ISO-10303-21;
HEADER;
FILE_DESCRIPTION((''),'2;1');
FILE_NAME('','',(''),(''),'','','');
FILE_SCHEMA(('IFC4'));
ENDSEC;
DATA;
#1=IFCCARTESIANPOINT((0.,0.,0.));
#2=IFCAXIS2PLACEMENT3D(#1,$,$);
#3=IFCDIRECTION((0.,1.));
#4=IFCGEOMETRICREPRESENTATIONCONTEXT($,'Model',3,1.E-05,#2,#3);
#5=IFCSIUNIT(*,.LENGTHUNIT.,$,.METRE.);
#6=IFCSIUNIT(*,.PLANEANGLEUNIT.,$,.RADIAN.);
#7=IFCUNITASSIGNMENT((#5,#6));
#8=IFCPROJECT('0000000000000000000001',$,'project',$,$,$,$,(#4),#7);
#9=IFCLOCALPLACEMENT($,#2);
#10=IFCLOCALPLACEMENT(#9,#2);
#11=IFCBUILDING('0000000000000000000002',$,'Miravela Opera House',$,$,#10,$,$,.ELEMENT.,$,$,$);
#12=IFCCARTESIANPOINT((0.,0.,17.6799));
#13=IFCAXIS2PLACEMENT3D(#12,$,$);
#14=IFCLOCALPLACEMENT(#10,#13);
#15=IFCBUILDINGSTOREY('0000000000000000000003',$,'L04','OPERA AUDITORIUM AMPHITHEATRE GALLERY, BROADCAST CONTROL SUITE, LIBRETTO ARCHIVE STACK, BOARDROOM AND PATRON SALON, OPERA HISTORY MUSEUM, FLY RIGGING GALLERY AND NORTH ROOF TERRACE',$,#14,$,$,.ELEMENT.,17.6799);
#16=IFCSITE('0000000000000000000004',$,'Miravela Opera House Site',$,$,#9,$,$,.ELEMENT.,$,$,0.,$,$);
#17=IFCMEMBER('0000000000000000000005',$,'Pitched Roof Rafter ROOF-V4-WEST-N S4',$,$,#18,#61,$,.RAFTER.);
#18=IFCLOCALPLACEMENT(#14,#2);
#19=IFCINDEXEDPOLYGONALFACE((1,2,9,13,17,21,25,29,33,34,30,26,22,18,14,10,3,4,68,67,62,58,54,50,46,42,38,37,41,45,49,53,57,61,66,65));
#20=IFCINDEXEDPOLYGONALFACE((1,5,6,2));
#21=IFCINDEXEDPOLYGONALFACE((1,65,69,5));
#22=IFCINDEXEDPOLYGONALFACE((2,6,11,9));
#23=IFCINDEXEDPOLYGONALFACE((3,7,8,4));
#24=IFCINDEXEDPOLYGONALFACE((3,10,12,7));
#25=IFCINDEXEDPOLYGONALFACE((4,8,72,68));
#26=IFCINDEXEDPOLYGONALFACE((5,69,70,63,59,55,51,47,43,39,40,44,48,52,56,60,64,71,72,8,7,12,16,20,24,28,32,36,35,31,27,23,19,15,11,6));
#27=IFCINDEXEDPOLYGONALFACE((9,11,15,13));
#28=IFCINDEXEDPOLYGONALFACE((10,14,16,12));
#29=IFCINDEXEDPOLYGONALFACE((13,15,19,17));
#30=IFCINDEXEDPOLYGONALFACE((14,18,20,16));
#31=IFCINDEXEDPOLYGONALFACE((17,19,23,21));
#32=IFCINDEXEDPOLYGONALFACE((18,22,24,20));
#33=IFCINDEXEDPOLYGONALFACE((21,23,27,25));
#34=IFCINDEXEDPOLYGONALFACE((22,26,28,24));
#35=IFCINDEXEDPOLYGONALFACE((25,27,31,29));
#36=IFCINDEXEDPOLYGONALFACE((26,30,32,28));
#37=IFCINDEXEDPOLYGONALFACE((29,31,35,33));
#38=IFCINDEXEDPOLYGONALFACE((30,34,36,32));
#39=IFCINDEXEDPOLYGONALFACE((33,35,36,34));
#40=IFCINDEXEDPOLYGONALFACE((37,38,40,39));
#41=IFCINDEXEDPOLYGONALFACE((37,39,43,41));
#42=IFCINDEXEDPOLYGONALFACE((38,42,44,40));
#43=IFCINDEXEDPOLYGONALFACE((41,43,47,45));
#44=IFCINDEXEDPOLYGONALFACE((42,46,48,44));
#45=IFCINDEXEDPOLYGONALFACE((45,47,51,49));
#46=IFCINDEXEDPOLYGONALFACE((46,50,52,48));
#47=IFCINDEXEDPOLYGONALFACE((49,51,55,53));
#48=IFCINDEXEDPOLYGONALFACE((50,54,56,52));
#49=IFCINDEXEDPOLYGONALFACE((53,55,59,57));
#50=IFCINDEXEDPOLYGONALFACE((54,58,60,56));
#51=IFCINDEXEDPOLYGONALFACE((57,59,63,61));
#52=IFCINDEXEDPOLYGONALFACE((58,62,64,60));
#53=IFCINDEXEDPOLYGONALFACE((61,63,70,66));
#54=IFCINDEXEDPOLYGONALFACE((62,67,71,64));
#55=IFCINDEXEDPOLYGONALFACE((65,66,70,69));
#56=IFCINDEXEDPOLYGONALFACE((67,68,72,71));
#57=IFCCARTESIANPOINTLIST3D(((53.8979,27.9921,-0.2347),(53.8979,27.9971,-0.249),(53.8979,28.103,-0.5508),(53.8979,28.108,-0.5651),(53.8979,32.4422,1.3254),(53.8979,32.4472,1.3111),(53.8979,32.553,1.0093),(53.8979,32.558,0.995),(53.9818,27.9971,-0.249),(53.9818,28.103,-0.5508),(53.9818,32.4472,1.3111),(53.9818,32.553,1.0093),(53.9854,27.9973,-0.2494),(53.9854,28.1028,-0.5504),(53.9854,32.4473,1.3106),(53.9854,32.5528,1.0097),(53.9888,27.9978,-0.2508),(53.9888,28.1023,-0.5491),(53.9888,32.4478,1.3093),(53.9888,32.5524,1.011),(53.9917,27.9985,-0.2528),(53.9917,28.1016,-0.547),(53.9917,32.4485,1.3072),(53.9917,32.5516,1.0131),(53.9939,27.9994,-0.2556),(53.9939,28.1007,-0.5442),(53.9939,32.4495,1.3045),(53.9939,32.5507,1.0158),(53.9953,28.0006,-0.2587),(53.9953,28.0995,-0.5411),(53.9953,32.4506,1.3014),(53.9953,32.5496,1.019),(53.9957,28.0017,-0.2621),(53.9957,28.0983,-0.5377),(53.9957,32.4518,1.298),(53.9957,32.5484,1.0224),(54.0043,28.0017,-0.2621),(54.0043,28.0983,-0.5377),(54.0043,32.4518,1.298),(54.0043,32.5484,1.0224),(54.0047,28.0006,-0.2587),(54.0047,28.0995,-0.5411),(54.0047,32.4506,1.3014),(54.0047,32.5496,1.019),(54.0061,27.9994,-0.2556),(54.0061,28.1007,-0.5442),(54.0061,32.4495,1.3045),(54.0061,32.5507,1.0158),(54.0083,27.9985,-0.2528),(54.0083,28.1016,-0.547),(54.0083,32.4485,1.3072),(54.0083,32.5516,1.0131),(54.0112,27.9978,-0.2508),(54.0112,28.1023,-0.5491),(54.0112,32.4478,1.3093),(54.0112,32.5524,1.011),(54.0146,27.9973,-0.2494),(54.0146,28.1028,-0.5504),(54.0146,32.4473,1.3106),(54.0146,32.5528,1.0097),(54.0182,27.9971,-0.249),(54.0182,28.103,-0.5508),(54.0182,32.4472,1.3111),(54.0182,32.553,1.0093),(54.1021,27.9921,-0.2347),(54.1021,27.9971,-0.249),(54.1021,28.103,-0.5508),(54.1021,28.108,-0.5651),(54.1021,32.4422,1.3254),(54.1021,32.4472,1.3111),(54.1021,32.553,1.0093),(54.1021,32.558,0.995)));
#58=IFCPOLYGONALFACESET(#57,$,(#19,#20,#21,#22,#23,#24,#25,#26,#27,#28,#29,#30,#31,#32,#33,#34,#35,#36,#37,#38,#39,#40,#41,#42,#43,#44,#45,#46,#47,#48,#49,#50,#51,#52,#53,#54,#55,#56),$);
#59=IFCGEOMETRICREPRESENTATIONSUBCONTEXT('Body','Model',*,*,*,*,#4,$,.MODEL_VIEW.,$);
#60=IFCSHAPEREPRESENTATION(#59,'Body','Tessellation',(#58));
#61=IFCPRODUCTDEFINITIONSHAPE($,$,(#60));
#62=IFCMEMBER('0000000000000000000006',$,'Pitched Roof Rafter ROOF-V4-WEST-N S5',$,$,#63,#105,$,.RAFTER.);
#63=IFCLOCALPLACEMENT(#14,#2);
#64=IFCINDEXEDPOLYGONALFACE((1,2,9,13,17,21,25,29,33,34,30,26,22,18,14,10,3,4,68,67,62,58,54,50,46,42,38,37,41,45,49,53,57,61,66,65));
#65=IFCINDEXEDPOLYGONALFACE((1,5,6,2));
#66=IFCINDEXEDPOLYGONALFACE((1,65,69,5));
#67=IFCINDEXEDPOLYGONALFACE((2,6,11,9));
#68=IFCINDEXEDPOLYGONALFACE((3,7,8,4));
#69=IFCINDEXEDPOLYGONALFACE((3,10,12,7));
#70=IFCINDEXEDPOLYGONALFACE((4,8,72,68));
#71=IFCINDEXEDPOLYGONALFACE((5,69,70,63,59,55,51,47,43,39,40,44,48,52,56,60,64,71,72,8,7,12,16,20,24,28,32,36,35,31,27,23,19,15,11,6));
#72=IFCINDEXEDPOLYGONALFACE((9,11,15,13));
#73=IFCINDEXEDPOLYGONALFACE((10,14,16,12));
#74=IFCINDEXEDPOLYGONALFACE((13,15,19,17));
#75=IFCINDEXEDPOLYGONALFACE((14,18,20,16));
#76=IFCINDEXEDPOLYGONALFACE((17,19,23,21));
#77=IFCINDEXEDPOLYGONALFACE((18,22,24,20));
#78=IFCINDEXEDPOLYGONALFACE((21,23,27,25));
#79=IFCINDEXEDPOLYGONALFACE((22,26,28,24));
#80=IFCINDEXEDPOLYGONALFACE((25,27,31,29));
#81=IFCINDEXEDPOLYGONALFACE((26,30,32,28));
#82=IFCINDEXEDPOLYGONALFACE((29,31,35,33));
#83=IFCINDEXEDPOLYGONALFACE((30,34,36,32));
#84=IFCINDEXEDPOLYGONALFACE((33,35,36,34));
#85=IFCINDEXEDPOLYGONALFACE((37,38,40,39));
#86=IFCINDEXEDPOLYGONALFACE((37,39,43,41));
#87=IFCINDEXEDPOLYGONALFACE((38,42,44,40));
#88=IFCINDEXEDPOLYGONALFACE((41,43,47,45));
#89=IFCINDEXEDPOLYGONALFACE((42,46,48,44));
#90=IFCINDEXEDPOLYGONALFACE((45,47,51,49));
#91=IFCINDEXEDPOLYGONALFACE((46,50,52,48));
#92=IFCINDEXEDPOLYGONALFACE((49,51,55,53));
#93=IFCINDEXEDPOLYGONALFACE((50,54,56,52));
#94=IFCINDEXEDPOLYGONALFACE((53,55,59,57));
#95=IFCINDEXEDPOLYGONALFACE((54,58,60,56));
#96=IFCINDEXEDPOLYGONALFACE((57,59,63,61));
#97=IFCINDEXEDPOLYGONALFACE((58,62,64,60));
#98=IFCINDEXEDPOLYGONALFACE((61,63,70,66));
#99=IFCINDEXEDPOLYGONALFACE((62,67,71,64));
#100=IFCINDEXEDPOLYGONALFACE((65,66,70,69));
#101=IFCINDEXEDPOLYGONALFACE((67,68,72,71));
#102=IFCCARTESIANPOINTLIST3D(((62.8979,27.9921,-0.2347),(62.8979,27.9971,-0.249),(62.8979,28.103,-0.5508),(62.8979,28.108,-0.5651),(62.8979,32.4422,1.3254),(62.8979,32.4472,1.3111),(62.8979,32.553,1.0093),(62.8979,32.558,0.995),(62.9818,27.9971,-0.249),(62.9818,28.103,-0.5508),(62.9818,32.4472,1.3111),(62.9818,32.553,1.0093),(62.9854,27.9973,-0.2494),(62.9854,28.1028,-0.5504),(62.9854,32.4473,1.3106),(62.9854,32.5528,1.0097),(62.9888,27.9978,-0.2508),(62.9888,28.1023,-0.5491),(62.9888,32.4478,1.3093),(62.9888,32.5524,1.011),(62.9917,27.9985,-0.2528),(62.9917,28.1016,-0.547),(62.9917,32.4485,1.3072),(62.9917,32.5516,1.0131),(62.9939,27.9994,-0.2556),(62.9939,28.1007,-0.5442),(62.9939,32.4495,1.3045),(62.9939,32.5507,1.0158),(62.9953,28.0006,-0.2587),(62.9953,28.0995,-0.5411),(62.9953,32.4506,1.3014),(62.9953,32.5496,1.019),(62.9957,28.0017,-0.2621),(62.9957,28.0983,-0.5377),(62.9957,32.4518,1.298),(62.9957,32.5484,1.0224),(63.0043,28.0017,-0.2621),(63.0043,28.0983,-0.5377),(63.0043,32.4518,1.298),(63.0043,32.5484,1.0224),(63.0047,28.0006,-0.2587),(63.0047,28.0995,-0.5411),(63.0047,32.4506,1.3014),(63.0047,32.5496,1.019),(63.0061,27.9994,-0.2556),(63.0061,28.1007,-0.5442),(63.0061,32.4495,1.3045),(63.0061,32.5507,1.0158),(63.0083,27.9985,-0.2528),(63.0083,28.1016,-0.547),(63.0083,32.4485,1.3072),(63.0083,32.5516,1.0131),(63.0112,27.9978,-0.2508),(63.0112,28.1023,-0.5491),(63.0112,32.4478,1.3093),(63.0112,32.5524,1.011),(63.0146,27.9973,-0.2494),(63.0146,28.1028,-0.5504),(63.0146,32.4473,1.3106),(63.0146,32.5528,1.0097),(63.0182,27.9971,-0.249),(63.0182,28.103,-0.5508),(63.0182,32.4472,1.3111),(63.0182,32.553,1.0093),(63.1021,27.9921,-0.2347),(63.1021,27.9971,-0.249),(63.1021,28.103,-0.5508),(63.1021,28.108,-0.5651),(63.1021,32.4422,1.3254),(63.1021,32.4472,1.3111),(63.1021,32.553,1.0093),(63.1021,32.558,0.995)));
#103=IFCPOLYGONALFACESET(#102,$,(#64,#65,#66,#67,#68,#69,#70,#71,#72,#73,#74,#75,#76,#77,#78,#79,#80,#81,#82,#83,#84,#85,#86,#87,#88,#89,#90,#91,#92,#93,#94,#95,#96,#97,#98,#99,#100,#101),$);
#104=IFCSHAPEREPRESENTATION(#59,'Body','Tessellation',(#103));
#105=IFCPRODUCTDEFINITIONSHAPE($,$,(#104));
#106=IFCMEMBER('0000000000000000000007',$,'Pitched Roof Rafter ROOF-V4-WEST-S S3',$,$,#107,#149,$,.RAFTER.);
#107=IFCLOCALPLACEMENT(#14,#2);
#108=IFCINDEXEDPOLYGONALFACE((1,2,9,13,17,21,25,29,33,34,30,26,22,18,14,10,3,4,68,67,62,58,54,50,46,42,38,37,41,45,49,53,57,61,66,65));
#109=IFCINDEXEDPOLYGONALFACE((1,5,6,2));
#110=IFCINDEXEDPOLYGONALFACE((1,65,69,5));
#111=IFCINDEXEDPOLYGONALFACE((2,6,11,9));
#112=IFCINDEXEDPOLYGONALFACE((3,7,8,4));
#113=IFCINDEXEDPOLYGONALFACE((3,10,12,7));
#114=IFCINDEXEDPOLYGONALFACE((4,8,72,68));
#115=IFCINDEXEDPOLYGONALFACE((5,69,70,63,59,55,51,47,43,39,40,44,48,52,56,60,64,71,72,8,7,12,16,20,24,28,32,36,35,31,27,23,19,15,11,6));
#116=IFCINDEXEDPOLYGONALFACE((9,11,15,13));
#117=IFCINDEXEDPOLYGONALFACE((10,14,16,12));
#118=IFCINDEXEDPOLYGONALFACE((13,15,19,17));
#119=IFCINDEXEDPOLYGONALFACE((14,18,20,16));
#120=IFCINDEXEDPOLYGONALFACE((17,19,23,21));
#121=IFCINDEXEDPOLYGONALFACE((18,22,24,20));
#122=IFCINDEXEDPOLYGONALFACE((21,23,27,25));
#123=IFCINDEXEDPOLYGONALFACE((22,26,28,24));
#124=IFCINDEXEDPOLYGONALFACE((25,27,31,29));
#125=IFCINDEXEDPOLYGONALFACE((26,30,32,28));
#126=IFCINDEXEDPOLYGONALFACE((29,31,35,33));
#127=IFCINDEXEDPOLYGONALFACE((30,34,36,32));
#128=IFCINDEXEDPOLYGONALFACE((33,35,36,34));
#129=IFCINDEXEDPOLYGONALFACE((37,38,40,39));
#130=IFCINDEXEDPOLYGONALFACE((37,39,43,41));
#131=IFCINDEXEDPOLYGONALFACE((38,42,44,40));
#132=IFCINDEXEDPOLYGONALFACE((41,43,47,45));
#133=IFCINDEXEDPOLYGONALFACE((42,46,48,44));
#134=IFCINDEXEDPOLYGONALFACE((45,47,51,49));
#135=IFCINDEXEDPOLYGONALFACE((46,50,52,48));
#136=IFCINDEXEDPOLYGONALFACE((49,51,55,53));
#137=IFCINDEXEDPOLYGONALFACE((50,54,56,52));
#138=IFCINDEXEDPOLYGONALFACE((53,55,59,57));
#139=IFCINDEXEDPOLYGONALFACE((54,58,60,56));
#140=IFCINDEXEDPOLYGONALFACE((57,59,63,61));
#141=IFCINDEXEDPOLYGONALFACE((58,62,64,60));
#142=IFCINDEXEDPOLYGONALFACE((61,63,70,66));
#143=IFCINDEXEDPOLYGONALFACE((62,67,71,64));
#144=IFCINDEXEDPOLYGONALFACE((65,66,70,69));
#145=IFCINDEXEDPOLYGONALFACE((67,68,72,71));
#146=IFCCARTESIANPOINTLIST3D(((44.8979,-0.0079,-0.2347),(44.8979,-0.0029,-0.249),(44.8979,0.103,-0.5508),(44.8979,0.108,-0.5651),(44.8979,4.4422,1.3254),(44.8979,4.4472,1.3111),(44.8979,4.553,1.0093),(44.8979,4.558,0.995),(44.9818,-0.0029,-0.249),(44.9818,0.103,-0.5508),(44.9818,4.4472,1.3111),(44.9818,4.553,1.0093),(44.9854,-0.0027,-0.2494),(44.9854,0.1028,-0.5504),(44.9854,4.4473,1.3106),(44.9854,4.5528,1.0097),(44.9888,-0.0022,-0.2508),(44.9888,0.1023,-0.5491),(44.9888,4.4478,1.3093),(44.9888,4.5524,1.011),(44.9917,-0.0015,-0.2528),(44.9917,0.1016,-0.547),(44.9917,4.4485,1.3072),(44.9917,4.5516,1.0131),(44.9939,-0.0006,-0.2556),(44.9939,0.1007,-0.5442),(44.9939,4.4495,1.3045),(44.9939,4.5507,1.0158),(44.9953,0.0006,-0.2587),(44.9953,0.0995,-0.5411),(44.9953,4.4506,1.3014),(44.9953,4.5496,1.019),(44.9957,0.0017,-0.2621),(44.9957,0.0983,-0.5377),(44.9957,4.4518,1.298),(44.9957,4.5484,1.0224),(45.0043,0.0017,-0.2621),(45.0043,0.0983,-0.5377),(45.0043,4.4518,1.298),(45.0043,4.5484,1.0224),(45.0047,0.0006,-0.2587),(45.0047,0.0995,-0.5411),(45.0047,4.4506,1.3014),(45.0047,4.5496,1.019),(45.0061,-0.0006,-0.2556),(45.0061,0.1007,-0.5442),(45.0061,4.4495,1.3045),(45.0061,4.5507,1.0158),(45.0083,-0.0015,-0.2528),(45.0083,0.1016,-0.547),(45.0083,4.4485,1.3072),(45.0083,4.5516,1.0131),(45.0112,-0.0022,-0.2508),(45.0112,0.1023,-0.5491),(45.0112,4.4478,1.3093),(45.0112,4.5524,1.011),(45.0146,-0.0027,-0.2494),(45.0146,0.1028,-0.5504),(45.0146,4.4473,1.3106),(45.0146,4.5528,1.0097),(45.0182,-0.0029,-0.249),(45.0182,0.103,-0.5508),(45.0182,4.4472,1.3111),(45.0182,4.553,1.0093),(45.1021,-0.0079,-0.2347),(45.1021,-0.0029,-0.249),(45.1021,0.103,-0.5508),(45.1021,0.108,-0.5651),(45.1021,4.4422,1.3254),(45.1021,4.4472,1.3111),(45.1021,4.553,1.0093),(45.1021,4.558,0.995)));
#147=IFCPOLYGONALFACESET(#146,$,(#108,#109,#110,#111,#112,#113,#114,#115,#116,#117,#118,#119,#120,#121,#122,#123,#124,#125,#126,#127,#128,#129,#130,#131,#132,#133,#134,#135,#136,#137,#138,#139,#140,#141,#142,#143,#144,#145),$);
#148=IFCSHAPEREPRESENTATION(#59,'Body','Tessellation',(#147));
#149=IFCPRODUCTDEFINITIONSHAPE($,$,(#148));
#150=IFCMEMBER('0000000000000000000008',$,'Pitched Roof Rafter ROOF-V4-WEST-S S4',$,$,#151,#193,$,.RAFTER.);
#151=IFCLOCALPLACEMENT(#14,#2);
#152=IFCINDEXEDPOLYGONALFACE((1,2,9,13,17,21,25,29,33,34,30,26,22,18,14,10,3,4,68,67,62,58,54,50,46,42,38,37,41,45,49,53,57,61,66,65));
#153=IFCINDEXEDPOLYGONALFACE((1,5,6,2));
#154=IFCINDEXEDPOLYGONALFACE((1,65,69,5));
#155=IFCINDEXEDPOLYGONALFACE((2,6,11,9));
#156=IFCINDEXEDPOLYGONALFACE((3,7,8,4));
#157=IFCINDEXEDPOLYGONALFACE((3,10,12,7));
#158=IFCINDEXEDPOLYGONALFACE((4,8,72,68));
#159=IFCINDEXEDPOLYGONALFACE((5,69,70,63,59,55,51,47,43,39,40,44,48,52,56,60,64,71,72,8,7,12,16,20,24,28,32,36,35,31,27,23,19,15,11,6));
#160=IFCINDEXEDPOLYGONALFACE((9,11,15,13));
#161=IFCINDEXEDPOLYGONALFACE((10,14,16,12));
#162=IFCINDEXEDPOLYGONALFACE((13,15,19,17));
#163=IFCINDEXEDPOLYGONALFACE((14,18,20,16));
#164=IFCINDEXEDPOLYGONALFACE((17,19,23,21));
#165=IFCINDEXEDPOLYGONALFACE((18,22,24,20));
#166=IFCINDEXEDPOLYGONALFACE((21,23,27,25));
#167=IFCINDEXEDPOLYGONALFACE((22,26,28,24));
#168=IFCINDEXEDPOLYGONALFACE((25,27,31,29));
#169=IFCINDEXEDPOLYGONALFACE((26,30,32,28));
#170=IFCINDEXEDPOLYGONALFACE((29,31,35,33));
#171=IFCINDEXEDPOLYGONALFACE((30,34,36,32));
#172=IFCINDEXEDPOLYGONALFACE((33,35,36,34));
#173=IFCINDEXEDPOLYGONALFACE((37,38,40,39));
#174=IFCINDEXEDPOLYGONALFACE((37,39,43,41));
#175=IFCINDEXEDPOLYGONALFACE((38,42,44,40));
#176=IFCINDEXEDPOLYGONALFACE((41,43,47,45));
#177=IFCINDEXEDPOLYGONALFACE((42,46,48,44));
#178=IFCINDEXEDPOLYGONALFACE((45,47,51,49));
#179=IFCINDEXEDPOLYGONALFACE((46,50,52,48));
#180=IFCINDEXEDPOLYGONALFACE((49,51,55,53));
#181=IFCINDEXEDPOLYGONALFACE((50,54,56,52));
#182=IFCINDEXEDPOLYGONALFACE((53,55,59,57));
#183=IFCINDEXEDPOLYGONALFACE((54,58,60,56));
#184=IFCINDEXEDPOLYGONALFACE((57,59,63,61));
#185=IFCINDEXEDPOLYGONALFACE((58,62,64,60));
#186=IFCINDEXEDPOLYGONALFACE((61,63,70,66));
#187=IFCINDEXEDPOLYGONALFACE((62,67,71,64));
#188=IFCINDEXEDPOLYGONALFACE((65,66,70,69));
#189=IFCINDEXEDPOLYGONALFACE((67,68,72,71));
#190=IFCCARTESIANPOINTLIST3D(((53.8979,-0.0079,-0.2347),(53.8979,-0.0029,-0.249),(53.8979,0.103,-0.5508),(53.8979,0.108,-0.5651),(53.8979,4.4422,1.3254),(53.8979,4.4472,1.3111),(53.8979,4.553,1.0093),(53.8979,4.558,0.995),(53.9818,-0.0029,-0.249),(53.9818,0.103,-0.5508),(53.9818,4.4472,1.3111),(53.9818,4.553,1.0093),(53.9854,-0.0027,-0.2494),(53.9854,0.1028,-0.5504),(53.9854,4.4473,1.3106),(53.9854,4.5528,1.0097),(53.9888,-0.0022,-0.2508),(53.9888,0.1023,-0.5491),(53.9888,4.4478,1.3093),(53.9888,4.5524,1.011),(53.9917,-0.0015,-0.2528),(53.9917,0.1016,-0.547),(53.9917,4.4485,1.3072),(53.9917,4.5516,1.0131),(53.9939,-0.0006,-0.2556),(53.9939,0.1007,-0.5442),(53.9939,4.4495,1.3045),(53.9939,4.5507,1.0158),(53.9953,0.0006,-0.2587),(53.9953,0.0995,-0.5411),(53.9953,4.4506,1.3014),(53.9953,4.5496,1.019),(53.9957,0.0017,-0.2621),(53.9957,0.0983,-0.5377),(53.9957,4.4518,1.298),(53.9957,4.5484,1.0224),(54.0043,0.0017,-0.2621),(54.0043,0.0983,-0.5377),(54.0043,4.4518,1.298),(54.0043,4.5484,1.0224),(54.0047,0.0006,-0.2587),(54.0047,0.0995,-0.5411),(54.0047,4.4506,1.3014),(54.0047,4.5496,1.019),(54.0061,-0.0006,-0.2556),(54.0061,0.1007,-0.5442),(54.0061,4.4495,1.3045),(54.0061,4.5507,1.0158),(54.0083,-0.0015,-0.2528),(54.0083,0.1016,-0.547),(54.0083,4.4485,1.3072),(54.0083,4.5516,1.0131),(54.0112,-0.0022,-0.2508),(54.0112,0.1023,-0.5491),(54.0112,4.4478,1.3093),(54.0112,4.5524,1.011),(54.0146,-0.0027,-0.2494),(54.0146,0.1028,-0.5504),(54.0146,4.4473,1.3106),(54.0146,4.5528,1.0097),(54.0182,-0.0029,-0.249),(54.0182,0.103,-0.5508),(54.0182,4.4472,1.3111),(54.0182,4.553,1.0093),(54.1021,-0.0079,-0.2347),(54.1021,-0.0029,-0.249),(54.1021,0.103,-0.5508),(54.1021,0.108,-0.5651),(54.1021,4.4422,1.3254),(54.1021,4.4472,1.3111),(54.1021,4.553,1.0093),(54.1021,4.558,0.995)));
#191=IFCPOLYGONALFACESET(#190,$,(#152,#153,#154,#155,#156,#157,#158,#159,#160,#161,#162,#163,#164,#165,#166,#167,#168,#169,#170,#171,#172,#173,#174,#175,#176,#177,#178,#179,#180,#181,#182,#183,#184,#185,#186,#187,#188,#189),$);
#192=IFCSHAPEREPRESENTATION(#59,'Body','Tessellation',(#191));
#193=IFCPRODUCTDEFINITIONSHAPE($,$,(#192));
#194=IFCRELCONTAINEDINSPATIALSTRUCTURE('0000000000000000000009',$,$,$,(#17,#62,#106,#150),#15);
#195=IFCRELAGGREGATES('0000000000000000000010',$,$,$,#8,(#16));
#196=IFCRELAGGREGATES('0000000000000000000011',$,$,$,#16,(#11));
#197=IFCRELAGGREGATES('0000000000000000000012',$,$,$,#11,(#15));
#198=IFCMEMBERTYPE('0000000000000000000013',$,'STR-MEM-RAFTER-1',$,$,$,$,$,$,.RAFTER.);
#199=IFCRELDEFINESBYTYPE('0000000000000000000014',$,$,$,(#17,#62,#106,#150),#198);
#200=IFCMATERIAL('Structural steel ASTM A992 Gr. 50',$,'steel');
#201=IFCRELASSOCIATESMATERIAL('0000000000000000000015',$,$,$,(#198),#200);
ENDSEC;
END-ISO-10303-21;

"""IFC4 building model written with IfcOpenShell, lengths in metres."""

from ifc_helpers import new_model, si_unit, direction, frame, origin, origin_2d, place, context, subcontext, project, spatial, i_section, extrude, material, material_profile, profile_set, type_object, element, save


model = new_model("IFC4")

# Units and contexts
model_context = context("Model", 3, precision=1e-05, world=origin(), true_north=direction((0.0, 1.0)))
body_context = subcontext(model_context, "Body", "Model", "MODEL_VIEW")
ifc_project = project(units=[si_unit("LENGTHUNIT", "METRE"), si_unit("PLANEANGLEUNIT", "RADIAN")], contexts=[model_context])

# Site, building, storey
site_placement = place(None, origin())
site = spatial("IfcSite", under=ifc_project, at=site_placement, Name="Miravela Opera House Site", CompositionType="ELEMENT", RefElevation=0.0)
building_placement = place(site_placement, origin())
building = spatial("IfcBuilding", under=site, at=building_placement, Name="Miravela Opera House", CompositionType="ELEMENT")
storey_placement = place(building_placement, frame((0.0, 0.0, 17.6799)))
storey = spatial("IfcBuildingStorey", under=building, at=storey_placement, Name="L04", Description="OPERA AUDITORIUM AMPHITHEATRE GALLERY, BROADCAST CONTROL SUITE, LIBRETTO ARCHIVE STACK, BOARDROOM AND PATRON SALON, OPERA HISTORY MUSEUM, FLY RIGGING GALLERY AND NORTH ROOF TERRACE", CompositionType="ELEMENT", Elevation=17.6799)

# Members
ifc_material_1 = material(Name="Structural steel ASTM A992 Gr. 50", Category="steel")
ifc_material_profile_1 = material_profile(ifc_material_1, i_section(OverallWidth=0.2041, OverallDepth=0.3501, WebThickness=0.0085, FlangeThickness=0.0151, FilletRadius=0.0139, at=origin_2d()), Name="W360X72")
ifc_profile_set_1 = profile_set([ifc_material_profile_1])
member_type_1 = type_object("IfcMemberType", Name="STR-MEM-RAFTER-1", PredefinedType="RAFTER", material=ifc_profile_set_1)
for number, where, z_axis, x_axis, name in (
    (1, (54.0, 28.05, -0.3999), (0.0, 0.943688, 0.330837), (-1.0, 0.0, 0.0), "Pitched Roof Rafter ROOF-V4-WEST-N S4"),
    (2, (63.0, 28.05, -0.3999), (0.0, 0.943688, 0.330837), (-1.0, 0.0, 0.0), "Pitched Roof Rafter ROOF-V4-WEST-N S5"),
    (3, (45.0, 0.05, -0.3999), (0.0, 0.943688, 0.330837), (-1.0, 0.0, 0.0), "Pitched Roof Rafter ROOF-V4-WEST-S S3"),
    (4, (54.0, 0.05, -0.3999), (0.0, 0.943688, 0.330837), (-1.0, 0.0, 0.0), "Pitched Roof Rafter ROOF-V4-WEST-S S4"),
):
    element("IfcMember", number, at=place(storey_placement, frame(where, z_axis=z_axis, x_axis=x_axis)), inside=storey, type_object=member_type_1, Name=name, PredefinedType="RAFTER", context=body_context, shape_type="SweptSolid", body=[
        extrude(i_section(OverallWidth=0.2041, OverallDepth=0.3501, WebThickness=0.0085, FlangeThickness=0.0151, FilletRadius=0.0139, at=origin_2d()), origin(), (0.0, 0.0, 1.0), 4.7156),
    ])

save(model, "model.ifc")
